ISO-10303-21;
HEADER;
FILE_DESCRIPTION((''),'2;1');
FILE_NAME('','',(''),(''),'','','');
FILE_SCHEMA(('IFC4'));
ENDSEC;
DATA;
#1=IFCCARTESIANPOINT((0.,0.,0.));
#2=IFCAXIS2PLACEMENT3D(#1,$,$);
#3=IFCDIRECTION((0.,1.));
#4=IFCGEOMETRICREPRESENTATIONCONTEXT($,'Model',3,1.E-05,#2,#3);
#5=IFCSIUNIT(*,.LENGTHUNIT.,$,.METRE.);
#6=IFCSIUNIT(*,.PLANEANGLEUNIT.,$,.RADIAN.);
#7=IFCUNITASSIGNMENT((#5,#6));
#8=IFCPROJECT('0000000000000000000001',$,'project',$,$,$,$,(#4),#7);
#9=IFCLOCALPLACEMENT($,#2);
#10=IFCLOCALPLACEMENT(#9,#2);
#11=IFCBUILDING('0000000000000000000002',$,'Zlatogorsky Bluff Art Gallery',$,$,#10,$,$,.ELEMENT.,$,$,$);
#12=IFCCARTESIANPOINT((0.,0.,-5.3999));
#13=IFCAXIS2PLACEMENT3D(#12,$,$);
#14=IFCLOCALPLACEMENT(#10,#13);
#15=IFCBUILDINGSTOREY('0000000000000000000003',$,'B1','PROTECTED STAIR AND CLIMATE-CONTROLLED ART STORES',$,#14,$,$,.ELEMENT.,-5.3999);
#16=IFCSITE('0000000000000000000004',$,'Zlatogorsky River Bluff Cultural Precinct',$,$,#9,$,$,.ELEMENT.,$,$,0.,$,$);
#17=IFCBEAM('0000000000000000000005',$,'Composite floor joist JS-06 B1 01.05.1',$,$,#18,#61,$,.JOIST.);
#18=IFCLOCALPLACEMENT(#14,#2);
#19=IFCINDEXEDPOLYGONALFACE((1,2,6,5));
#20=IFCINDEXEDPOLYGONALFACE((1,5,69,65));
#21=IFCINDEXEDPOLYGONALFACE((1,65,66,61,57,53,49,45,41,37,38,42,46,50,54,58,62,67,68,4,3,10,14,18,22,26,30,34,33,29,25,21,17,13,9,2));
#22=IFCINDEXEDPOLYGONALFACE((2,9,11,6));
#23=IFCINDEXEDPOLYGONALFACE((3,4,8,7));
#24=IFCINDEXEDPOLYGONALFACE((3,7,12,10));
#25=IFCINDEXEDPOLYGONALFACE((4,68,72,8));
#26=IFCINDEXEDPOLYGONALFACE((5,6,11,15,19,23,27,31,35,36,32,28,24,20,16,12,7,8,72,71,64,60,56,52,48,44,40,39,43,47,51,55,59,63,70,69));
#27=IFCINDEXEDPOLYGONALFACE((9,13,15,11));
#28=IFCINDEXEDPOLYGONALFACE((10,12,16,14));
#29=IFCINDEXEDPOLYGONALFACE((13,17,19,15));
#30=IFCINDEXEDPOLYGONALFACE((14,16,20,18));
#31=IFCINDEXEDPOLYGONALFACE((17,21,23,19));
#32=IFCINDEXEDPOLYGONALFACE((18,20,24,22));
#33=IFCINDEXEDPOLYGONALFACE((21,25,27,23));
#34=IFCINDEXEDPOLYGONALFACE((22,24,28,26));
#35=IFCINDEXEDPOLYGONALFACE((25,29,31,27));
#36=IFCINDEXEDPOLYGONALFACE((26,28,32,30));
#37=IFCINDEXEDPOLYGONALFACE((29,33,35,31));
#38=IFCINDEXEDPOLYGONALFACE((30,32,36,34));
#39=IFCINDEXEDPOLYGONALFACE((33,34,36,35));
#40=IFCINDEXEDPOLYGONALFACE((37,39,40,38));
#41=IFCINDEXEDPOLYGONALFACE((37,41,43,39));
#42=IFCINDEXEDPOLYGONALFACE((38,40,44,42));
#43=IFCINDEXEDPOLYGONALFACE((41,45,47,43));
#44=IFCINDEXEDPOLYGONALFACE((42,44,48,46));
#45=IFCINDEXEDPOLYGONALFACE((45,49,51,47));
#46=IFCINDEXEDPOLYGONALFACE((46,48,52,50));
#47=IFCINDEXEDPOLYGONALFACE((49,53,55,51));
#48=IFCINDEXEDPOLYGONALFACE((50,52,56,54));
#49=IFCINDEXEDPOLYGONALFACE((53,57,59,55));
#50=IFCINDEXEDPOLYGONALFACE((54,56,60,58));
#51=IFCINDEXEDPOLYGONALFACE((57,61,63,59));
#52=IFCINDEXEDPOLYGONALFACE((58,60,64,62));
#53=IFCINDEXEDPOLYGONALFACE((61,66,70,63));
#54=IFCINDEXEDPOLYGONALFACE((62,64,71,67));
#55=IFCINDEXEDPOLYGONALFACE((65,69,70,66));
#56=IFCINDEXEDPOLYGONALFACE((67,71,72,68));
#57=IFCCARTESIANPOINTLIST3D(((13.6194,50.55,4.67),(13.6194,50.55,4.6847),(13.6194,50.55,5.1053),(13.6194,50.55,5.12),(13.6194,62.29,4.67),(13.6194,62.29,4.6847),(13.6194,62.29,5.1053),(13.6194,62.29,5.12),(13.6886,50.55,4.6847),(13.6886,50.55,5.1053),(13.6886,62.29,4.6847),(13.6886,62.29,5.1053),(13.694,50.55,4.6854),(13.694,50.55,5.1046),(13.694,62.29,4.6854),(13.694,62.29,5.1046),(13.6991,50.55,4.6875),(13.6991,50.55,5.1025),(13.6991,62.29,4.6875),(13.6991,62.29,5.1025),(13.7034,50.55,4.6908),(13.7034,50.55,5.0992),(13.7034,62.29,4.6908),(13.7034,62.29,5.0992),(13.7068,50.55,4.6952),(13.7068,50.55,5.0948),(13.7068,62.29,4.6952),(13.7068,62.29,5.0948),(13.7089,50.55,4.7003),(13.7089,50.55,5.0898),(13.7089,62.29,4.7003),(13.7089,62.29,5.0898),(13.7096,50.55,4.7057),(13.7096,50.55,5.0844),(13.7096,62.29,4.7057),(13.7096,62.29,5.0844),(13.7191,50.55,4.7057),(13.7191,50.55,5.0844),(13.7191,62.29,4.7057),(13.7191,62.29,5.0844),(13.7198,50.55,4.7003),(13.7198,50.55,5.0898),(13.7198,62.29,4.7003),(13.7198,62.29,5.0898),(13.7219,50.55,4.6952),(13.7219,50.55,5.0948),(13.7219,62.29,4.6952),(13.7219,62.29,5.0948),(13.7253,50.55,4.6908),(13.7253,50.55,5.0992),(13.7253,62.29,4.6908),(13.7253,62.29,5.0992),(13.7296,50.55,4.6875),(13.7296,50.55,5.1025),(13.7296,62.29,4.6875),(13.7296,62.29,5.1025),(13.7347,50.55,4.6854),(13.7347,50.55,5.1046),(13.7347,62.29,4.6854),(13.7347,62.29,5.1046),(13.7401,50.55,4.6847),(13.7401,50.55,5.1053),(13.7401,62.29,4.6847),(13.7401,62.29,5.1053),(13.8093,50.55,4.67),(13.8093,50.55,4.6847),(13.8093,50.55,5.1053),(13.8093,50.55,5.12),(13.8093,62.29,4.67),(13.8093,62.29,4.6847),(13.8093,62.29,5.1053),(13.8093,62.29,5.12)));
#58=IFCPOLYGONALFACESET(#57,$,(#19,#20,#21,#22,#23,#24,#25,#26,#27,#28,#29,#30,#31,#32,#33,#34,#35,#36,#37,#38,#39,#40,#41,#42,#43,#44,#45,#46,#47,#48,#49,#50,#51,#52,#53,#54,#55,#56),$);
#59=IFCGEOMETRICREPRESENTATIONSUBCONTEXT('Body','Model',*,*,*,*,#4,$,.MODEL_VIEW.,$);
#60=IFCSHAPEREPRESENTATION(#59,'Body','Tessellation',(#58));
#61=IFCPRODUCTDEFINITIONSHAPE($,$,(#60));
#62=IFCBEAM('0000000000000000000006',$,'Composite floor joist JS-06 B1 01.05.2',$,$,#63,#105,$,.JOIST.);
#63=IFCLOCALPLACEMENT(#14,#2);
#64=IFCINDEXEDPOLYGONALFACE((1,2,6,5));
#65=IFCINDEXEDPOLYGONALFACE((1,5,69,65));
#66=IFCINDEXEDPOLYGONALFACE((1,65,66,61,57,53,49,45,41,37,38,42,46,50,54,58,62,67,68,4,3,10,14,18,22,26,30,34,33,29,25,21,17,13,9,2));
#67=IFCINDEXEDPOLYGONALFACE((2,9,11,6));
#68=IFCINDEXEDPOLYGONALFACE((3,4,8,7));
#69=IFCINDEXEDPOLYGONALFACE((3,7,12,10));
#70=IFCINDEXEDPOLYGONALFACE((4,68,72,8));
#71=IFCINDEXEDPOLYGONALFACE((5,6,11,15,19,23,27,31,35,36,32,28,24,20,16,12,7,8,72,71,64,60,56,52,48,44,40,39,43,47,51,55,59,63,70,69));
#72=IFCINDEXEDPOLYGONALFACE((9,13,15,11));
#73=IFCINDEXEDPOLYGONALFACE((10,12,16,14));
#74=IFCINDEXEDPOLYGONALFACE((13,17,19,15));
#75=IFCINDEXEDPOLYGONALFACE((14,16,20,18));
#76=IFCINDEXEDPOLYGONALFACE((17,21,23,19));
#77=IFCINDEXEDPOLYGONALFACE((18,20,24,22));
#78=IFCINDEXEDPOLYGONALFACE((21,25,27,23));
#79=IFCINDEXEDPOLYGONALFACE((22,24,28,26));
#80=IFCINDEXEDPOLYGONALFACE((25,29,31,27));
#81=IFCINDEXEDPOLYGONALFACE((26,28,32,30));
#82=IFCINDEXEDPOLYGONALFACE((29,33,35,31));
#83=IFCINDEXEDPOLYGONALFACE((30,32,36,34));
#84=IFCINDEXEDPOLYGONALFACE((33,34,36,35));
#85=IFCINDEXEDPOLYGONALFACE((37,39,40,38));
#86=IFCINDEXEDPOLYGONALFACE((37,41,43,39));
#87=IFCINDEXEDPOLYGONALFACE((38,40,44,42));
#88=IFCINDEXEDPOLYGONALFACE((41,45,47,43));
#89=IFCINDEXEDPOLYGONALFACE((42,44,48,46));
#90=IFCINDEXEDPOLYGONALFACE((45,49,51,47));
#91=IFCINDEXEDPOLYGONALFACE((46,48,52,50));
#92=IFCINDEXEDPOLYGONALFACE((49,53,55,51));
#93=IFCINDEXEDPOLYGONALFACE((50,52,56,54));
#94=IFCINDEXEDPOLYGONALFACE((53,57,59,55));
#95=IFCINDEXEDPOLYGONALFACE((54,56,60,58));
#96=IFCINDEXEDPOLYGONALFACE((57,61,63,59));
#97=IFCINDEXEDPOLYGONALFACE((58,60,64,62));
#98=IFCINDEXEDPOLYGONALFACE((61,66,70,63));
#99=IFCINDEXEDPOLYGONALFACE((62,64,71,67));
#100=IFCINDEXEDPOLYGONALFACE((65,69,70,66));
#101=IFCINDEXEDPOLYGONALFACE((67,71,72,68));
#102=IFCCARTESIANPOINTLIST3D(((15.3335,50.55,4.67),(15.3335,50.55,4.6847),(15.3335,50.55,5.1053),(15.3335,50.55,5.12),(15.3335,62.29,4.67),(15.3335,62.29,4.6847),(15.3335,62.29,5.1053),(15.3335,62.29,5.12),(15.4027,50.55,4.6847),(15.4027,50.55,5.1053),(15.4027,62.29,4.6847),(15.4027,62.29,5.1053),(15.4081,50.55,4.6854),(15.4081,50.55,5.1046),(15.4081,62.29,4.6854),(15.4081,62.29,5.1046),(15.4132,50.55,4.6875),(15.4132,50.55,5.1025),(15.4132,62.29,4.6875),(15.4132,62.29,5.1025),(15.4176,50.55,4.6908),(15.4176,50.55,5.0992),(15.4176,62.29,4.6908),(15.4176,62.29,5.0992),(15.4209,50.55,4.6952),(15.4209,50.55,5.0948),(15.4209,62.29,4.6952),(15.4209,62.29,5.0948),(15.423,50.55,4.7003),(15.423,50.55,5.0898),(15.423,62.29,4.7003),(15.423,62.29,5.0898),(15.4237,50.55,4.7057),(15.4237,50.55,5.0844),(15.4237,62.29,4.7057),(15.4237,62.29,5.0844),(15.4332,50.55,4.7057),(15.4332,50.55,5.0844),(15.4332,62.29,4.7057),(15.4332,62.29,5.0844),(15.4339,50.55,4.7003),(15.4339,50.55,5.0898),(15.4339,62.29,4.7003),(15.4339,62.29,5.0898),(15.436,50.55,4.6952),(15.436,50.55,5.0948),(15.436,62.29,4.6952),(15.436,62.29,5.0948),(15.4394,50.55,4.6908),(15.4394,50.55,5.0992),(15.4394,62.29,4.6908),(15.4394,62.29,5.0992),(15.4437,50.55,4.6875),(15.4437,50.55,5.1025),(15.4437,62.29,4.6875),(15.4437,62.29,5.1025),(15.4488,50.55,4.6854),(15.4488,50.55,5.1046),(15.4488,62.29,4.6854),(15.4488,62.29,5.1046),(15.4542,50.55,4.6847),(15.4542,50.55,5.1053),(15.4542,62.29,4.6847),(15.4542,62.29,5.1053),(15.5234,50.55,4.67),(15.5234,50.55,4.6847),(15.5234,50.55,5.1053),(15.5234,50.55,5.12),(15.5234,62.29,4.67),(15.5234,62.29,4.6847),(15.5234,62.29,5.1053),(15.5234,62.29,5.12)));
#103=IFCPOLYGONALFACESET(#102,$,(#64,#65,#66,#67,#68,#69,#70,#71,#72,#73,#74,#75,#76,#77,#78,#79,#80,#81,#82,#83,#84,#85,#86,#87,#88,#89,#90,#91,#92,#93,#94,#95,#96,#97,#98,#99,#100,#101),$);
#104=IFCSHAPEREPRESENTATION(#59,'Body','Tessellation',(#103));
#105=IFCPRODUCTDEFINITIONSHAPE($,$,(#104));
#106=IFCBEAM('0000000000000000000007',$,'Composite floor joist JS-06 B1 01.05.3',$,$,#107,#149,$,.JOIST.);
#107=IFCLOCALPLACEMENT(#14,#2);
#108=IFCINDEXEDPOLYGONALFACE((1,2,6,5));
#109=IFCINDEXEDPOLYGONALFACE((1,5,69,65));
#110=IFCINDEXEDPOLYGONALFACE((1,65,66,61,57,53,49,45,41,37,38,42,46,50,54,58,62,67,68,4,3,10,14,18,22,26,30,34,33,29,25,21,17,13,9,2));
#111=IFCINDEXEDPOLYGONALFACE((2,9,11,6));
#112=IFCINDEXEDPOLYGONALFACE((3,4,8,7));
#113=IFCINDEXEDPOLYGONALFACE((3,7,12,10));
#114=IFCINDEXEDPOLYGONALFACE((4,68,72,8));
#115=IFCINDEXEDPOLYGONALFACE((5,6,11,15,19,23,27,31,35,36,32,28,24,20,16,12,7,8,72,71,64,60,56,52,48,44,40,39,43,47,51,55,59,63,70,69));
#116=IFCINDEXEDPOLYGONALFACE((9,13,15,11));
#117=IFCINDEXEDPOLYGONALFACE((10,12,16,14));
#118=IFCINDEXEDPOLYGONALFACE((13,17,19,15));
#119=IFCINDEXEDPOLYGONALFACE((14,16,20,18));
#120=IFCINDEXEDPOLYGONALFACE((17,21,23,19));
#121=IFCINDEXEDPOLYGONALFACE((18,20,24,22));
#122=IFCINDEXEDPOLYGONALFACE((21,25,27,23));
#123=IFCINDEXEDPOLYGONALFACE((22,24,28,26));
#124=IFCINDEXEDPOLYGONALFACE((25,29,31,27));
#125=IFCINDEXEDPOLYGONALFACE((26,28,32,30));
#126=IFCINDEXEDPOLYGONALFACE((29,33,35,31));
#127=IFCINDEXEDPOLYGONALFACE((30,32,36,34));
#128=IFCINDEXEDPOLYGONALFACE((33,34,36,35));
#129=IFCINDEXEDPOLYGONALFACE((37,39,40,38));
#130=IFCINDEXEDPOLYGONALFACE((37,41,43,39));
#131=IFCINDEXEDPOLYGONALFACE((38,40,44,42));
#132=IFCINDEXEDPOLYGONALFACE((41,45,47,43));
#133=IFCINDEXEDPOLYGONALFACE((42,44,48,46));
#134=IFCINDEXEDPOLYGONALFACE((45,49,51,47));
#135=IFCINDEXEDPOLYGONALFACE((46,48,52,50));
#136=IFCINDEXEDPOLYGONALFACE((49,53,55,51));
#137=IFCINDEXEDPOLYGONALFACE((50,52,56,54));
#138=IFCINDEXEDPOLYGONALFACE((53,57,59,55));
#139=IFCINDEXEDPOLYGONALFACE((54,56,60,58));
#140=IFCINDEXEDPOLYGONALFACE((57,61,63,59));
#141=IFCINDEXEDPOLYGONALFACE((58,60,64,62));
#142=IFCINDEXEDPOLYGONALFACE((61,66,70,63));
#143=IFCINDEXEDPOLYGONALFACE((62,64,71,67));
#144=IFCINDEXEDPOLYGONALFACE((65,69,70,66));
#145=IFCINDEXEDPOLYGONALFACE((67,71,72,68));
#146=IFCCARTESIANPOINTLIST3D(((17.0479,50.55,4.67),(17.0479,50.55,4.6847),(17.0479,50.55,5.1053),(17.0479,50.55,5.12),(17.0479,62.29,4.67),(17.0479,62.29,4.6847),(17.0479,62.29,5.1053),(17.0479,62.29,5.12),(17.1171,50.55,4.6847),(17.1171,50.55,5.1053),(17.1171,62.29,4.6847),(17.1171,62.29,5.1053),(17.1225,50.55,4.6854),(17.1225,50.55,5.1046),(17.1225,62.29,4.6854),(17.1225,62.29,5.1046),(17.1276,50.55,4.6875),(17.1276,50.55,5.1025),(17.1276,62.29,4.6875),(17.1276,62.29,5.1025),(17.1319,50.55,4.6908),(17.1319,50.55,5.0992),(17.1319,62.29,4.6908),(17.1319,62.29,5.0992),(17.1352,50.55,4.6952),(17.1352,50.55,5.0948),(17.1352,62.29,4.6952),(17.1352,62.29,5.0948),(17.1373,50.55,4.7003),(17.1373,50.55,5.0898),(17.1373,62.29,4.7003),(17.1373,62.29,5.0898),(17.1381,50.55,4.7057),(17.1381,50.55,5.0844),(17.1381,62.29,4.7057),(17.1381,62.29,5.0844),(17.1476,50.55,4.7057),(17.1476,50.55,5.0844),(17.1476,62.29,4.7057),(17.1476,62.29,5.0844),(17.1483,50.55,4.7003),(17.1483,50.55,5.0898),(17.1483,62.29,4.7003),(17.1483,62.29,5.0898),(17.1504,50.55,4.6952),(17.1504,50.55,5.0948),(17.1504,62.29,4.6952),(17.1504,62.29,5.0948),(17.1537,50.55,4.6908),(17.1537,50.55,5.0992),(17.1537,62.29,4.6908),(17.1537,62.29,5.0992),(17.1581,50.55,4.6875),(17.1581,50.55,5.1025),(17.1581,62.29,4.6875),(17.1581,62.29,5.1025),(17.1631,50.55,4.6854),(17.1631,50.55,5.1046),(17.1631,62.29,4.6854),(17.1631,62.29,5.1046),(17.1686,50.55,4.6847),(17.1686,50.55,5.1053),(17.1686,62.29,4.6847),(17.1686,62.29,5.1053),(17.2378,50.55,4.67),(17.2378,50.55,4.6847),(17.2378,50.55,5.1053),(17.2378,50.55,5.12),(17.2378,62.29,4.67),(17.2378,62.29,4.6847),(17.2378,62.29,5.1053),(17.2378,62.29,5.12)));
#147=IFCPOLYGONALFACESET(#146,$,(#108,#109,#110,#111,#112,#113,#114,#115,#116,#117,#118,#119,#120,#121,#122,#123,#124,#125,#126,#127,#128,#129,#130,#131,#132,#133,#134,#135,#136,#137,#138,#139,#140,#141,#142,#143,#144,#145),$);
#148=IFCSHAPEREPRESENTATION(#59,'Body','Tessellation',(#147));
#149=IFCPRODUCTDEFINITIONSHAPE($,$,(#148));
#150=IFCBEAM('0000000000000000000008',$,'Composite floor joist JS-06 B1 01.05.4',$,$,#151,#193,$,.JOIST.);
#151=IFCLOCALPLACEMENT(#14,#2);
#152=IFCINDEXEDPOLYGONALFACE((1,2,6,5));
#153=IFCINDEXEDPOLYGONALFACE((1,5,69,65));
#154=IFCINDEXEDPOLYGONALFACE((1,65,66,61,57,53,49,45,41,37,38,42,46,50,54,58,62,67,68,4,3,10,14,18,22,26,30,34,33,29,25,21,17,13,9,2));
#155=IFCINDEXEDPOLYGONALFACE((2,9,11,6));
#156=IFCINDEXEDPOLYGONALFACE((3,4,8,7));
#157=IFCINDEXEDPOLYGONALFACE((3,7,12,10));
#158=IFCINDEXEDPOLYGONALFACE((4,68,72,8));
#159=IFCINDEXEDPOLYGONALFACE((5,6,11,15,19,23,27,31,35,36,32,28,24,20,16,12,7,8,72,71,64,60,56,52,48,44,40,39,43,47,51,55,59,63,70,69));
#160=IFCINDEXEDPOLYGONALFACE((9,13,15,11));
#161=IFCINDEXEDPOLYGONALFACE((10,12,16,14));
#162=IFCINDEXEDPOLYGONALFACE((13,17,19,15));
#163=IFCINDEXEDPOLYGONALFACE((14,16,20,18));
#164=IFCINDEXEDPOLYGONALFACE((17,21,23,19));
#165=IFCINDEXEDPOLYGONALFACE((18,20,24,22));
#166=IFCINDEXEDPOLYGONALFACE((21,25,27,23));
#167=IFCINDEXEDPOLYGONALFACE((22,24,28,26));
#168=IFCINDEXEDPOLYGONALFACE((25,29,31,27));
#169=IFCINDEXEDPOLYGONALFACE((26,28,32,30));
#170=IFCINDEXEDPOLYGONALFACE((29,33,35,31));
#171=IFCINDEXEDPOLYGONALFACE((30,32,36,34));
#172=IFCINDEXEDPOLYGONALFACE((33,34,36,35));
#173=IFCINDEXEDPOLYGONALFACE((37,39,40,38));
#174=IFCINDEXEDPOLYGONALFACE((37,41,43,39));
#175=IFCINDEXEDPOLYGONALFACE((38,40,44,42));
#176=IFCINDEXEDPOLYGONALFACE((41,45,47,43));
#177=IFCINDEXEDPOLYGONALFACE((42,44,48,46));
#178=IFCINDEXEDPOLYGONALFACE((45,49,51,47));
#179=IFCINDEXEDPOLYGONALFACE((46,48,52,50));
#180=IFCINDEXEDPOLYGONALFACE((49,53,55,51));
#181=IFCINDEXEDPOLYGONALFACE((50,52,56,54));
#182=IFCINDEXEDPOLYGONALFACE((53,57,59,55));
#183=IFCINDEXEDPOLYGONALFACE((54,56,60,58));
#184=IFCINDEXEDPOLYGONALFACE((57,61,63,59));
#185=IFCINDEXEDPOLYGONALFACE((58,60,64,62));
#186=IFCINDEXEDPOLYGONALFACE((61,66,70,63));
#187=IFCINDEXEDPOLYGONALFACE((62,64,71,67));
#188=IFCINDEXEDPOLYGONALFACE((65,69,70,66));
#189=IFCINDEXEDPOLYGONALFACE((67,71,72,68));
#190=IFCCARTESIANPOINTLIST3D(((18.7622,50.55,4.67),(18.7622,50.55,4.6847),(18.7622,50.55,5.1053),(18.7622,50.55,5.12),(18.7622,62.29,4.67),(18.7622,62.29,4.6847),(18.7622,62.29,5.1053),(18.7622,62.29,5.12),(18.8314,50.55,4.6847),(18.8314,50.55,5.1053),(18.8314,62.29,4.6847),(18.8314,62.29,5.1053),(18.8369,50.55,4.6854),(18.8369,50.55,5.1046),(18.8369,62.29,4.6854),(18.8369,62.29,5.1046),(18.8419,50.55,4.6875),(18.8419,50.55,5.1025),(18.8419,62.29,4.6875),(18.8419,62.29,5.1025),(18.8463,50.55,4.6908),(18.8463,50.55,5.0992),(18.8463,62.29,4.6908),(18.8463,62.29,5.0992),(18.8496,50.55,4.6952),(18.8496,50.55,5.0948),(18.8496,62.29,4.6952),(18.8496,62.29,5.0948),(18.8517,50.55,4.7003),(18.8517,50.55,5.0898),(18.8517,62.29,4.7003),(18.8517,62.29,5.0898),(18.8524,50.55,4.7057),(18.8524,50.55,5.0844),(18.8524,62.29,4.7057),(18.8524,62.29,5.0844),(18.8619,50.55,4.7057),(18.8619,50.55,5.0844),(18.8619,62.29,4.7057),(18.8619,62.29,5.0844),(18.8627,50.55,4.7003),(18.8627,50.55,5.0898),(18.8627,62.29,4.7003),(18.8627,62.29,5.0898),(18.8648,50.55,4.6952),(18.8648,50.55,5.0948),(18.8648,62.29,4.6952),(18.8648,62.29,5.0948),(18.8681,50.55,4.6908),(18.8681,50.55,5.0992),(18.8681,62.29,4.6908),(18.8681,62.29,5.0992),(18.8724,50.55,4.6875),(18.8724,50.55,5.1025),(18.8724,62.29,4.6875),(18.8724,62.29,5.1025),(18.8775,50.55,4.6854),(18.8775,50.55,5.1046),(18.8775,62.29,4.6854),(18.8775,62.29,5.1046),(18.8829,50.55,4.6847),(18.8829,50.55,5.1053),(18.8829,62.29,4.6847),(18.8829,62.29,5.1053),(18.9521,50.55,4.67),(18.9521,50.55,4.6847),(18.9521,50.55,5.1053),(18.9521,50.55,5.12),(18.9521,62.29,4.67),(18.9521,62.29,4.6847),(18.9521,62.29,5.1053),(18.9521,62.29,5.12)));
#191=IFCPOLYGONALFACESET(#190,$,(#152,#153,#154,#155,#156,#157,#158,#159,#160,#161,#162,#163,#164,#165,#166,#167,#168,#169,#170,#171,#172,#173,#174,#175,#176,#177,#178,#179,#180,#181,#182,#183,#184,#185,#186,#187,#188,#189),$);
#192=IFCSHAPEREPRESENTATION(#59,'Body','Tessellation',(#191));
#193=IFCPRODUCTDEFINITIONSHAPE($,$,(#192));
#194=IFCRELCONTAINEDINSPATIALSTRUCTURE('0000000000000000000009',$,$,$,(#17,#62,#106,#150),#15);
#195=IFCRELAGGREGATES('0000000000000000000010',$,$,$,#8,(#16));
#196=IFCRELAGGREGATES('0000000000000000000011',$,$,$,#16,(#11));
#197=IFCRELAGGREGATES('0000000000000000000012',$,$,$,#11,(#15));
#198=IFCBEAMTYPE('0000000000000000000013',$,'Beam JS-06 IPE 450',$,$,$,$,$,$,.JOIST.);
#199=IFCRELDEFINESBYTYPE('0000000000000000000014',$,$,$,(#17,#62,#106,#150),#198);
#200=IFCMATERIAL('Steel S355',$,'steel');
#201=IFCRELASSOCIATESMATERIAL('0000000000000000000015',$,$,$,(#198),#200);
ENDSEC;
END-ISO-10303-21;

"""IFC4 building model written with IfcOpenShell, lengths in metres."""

from ifc_helpers import new_model, si_unit, direction, frame, origin, origin_2d, place, context, subcontext, project, spatial, i_section, extrude, material, material_profile, profile_set, type_object, element, save


model = new_model("IFC4")

# Units and contexts
model_context = context("Model", 3, precision=1e-05, world=origin(), true_north=direction((0.0, 1.0)))
body_context = subcontext(model_context, "Body", "Model", "MODEL_VIEW")
ifc_project = project(units=[si_unit("LENGTHUNIT", "METRE"), si_unit("PLANEANGLEUNIT", "RADIAN")], contexts=[model_context])

# Site, building, storey
site_placement = place(None, origin())
site = spatial("IfcSite", under=ifc_project, at=site_placement, Name="Zlatogorsky River Bluff Cultural Precinct", CompositionType="ELEMENT", RefElevation=0.0)
building_placement = place(site_placement, origin())
building = spatial("IfcBuilding", under=site, at=building_placement, Name="Zlatogorsky Bluff Art Gallery", CompositionType="ELEMENT")
storey_placement = place(building_placement, frame((0.0, 0.0, -5.3999)))
storey = spatial("IfcBuildingStorey", under=building, at=storey_placement, Name="B1", Description="PROTECTED STAIR AND CLIMATE-CONTROLLED ART STORES", CompositionType="ELEMENT", Elevation=-5.3999)

# Shared definitions
ifc_material_1 = material(Name="Steel S355", Category="steel")

# Beams
ifc_material_profile_1 = material_profile(ifc_material_1, i_section(OverallWidth=0.1899, OverallDepth=0.45, WebThickness=0.0095, FlangeThickness=0.0146, FilletRadius=0.021, at=origin_2d()), Name="IPE 450")
ifc_profile_set_1 = profile_set([ifc_material_profile_1], Name="Steel S355")
beam_type_1 = type_object("IfcBeamType", Name="Beam JS-06 IPE 450", PredefinedType="JOIST", material=ifc_profile_set_1)
for number, where, z_axis, x_axis, name in (
    (1, (13.7144, 50.55, 4.895), (0.0, 1.0, 0.0), (-1.0, 0.0, 0.0), "Composite floor joist JS-06 B1 01.05.1"),
    (2, (15.4285, 50.55, 4.895), (0.0, 1.0, 0.0), (-1.0, 0.0, 0.0), "Composite floor joist JS-06 B1 01.05.2"),
    (3, (17.1428, 50.55, 4.895), (0.0, 1.0, 0.0), (-1.0, 0.0, 0.0), "Composite floor joist JS-06 B1 01.05.3"),
    (4, (18.8572, 50.55, 4.895), (0.0, 1.0, 0.0), (-1.0, 0.0, 0.0), "Composite floor joist JS-06 B1 01.05.4"),
):
    element("IfcBeam", number, at=place(storey_placement, frame(where, z_axis=z_axis, x_axis=x_axis)), inside=storey, type_object=beam_type_1, Name=name, PredefinedType="JOIST", context=body_context, shape_type="SweptSolid", body=[
        extrude(i_section(OverallWidth=0.1899, OverallDepth=0.45, WebThickness=0.0095, FlangeThickness=0.0146, FilletRadius=0.021, at=origin_2d()), origin(), (0.0, 0.0, 1.0), 11.74),
    ])

save(model, "model.ifc")
